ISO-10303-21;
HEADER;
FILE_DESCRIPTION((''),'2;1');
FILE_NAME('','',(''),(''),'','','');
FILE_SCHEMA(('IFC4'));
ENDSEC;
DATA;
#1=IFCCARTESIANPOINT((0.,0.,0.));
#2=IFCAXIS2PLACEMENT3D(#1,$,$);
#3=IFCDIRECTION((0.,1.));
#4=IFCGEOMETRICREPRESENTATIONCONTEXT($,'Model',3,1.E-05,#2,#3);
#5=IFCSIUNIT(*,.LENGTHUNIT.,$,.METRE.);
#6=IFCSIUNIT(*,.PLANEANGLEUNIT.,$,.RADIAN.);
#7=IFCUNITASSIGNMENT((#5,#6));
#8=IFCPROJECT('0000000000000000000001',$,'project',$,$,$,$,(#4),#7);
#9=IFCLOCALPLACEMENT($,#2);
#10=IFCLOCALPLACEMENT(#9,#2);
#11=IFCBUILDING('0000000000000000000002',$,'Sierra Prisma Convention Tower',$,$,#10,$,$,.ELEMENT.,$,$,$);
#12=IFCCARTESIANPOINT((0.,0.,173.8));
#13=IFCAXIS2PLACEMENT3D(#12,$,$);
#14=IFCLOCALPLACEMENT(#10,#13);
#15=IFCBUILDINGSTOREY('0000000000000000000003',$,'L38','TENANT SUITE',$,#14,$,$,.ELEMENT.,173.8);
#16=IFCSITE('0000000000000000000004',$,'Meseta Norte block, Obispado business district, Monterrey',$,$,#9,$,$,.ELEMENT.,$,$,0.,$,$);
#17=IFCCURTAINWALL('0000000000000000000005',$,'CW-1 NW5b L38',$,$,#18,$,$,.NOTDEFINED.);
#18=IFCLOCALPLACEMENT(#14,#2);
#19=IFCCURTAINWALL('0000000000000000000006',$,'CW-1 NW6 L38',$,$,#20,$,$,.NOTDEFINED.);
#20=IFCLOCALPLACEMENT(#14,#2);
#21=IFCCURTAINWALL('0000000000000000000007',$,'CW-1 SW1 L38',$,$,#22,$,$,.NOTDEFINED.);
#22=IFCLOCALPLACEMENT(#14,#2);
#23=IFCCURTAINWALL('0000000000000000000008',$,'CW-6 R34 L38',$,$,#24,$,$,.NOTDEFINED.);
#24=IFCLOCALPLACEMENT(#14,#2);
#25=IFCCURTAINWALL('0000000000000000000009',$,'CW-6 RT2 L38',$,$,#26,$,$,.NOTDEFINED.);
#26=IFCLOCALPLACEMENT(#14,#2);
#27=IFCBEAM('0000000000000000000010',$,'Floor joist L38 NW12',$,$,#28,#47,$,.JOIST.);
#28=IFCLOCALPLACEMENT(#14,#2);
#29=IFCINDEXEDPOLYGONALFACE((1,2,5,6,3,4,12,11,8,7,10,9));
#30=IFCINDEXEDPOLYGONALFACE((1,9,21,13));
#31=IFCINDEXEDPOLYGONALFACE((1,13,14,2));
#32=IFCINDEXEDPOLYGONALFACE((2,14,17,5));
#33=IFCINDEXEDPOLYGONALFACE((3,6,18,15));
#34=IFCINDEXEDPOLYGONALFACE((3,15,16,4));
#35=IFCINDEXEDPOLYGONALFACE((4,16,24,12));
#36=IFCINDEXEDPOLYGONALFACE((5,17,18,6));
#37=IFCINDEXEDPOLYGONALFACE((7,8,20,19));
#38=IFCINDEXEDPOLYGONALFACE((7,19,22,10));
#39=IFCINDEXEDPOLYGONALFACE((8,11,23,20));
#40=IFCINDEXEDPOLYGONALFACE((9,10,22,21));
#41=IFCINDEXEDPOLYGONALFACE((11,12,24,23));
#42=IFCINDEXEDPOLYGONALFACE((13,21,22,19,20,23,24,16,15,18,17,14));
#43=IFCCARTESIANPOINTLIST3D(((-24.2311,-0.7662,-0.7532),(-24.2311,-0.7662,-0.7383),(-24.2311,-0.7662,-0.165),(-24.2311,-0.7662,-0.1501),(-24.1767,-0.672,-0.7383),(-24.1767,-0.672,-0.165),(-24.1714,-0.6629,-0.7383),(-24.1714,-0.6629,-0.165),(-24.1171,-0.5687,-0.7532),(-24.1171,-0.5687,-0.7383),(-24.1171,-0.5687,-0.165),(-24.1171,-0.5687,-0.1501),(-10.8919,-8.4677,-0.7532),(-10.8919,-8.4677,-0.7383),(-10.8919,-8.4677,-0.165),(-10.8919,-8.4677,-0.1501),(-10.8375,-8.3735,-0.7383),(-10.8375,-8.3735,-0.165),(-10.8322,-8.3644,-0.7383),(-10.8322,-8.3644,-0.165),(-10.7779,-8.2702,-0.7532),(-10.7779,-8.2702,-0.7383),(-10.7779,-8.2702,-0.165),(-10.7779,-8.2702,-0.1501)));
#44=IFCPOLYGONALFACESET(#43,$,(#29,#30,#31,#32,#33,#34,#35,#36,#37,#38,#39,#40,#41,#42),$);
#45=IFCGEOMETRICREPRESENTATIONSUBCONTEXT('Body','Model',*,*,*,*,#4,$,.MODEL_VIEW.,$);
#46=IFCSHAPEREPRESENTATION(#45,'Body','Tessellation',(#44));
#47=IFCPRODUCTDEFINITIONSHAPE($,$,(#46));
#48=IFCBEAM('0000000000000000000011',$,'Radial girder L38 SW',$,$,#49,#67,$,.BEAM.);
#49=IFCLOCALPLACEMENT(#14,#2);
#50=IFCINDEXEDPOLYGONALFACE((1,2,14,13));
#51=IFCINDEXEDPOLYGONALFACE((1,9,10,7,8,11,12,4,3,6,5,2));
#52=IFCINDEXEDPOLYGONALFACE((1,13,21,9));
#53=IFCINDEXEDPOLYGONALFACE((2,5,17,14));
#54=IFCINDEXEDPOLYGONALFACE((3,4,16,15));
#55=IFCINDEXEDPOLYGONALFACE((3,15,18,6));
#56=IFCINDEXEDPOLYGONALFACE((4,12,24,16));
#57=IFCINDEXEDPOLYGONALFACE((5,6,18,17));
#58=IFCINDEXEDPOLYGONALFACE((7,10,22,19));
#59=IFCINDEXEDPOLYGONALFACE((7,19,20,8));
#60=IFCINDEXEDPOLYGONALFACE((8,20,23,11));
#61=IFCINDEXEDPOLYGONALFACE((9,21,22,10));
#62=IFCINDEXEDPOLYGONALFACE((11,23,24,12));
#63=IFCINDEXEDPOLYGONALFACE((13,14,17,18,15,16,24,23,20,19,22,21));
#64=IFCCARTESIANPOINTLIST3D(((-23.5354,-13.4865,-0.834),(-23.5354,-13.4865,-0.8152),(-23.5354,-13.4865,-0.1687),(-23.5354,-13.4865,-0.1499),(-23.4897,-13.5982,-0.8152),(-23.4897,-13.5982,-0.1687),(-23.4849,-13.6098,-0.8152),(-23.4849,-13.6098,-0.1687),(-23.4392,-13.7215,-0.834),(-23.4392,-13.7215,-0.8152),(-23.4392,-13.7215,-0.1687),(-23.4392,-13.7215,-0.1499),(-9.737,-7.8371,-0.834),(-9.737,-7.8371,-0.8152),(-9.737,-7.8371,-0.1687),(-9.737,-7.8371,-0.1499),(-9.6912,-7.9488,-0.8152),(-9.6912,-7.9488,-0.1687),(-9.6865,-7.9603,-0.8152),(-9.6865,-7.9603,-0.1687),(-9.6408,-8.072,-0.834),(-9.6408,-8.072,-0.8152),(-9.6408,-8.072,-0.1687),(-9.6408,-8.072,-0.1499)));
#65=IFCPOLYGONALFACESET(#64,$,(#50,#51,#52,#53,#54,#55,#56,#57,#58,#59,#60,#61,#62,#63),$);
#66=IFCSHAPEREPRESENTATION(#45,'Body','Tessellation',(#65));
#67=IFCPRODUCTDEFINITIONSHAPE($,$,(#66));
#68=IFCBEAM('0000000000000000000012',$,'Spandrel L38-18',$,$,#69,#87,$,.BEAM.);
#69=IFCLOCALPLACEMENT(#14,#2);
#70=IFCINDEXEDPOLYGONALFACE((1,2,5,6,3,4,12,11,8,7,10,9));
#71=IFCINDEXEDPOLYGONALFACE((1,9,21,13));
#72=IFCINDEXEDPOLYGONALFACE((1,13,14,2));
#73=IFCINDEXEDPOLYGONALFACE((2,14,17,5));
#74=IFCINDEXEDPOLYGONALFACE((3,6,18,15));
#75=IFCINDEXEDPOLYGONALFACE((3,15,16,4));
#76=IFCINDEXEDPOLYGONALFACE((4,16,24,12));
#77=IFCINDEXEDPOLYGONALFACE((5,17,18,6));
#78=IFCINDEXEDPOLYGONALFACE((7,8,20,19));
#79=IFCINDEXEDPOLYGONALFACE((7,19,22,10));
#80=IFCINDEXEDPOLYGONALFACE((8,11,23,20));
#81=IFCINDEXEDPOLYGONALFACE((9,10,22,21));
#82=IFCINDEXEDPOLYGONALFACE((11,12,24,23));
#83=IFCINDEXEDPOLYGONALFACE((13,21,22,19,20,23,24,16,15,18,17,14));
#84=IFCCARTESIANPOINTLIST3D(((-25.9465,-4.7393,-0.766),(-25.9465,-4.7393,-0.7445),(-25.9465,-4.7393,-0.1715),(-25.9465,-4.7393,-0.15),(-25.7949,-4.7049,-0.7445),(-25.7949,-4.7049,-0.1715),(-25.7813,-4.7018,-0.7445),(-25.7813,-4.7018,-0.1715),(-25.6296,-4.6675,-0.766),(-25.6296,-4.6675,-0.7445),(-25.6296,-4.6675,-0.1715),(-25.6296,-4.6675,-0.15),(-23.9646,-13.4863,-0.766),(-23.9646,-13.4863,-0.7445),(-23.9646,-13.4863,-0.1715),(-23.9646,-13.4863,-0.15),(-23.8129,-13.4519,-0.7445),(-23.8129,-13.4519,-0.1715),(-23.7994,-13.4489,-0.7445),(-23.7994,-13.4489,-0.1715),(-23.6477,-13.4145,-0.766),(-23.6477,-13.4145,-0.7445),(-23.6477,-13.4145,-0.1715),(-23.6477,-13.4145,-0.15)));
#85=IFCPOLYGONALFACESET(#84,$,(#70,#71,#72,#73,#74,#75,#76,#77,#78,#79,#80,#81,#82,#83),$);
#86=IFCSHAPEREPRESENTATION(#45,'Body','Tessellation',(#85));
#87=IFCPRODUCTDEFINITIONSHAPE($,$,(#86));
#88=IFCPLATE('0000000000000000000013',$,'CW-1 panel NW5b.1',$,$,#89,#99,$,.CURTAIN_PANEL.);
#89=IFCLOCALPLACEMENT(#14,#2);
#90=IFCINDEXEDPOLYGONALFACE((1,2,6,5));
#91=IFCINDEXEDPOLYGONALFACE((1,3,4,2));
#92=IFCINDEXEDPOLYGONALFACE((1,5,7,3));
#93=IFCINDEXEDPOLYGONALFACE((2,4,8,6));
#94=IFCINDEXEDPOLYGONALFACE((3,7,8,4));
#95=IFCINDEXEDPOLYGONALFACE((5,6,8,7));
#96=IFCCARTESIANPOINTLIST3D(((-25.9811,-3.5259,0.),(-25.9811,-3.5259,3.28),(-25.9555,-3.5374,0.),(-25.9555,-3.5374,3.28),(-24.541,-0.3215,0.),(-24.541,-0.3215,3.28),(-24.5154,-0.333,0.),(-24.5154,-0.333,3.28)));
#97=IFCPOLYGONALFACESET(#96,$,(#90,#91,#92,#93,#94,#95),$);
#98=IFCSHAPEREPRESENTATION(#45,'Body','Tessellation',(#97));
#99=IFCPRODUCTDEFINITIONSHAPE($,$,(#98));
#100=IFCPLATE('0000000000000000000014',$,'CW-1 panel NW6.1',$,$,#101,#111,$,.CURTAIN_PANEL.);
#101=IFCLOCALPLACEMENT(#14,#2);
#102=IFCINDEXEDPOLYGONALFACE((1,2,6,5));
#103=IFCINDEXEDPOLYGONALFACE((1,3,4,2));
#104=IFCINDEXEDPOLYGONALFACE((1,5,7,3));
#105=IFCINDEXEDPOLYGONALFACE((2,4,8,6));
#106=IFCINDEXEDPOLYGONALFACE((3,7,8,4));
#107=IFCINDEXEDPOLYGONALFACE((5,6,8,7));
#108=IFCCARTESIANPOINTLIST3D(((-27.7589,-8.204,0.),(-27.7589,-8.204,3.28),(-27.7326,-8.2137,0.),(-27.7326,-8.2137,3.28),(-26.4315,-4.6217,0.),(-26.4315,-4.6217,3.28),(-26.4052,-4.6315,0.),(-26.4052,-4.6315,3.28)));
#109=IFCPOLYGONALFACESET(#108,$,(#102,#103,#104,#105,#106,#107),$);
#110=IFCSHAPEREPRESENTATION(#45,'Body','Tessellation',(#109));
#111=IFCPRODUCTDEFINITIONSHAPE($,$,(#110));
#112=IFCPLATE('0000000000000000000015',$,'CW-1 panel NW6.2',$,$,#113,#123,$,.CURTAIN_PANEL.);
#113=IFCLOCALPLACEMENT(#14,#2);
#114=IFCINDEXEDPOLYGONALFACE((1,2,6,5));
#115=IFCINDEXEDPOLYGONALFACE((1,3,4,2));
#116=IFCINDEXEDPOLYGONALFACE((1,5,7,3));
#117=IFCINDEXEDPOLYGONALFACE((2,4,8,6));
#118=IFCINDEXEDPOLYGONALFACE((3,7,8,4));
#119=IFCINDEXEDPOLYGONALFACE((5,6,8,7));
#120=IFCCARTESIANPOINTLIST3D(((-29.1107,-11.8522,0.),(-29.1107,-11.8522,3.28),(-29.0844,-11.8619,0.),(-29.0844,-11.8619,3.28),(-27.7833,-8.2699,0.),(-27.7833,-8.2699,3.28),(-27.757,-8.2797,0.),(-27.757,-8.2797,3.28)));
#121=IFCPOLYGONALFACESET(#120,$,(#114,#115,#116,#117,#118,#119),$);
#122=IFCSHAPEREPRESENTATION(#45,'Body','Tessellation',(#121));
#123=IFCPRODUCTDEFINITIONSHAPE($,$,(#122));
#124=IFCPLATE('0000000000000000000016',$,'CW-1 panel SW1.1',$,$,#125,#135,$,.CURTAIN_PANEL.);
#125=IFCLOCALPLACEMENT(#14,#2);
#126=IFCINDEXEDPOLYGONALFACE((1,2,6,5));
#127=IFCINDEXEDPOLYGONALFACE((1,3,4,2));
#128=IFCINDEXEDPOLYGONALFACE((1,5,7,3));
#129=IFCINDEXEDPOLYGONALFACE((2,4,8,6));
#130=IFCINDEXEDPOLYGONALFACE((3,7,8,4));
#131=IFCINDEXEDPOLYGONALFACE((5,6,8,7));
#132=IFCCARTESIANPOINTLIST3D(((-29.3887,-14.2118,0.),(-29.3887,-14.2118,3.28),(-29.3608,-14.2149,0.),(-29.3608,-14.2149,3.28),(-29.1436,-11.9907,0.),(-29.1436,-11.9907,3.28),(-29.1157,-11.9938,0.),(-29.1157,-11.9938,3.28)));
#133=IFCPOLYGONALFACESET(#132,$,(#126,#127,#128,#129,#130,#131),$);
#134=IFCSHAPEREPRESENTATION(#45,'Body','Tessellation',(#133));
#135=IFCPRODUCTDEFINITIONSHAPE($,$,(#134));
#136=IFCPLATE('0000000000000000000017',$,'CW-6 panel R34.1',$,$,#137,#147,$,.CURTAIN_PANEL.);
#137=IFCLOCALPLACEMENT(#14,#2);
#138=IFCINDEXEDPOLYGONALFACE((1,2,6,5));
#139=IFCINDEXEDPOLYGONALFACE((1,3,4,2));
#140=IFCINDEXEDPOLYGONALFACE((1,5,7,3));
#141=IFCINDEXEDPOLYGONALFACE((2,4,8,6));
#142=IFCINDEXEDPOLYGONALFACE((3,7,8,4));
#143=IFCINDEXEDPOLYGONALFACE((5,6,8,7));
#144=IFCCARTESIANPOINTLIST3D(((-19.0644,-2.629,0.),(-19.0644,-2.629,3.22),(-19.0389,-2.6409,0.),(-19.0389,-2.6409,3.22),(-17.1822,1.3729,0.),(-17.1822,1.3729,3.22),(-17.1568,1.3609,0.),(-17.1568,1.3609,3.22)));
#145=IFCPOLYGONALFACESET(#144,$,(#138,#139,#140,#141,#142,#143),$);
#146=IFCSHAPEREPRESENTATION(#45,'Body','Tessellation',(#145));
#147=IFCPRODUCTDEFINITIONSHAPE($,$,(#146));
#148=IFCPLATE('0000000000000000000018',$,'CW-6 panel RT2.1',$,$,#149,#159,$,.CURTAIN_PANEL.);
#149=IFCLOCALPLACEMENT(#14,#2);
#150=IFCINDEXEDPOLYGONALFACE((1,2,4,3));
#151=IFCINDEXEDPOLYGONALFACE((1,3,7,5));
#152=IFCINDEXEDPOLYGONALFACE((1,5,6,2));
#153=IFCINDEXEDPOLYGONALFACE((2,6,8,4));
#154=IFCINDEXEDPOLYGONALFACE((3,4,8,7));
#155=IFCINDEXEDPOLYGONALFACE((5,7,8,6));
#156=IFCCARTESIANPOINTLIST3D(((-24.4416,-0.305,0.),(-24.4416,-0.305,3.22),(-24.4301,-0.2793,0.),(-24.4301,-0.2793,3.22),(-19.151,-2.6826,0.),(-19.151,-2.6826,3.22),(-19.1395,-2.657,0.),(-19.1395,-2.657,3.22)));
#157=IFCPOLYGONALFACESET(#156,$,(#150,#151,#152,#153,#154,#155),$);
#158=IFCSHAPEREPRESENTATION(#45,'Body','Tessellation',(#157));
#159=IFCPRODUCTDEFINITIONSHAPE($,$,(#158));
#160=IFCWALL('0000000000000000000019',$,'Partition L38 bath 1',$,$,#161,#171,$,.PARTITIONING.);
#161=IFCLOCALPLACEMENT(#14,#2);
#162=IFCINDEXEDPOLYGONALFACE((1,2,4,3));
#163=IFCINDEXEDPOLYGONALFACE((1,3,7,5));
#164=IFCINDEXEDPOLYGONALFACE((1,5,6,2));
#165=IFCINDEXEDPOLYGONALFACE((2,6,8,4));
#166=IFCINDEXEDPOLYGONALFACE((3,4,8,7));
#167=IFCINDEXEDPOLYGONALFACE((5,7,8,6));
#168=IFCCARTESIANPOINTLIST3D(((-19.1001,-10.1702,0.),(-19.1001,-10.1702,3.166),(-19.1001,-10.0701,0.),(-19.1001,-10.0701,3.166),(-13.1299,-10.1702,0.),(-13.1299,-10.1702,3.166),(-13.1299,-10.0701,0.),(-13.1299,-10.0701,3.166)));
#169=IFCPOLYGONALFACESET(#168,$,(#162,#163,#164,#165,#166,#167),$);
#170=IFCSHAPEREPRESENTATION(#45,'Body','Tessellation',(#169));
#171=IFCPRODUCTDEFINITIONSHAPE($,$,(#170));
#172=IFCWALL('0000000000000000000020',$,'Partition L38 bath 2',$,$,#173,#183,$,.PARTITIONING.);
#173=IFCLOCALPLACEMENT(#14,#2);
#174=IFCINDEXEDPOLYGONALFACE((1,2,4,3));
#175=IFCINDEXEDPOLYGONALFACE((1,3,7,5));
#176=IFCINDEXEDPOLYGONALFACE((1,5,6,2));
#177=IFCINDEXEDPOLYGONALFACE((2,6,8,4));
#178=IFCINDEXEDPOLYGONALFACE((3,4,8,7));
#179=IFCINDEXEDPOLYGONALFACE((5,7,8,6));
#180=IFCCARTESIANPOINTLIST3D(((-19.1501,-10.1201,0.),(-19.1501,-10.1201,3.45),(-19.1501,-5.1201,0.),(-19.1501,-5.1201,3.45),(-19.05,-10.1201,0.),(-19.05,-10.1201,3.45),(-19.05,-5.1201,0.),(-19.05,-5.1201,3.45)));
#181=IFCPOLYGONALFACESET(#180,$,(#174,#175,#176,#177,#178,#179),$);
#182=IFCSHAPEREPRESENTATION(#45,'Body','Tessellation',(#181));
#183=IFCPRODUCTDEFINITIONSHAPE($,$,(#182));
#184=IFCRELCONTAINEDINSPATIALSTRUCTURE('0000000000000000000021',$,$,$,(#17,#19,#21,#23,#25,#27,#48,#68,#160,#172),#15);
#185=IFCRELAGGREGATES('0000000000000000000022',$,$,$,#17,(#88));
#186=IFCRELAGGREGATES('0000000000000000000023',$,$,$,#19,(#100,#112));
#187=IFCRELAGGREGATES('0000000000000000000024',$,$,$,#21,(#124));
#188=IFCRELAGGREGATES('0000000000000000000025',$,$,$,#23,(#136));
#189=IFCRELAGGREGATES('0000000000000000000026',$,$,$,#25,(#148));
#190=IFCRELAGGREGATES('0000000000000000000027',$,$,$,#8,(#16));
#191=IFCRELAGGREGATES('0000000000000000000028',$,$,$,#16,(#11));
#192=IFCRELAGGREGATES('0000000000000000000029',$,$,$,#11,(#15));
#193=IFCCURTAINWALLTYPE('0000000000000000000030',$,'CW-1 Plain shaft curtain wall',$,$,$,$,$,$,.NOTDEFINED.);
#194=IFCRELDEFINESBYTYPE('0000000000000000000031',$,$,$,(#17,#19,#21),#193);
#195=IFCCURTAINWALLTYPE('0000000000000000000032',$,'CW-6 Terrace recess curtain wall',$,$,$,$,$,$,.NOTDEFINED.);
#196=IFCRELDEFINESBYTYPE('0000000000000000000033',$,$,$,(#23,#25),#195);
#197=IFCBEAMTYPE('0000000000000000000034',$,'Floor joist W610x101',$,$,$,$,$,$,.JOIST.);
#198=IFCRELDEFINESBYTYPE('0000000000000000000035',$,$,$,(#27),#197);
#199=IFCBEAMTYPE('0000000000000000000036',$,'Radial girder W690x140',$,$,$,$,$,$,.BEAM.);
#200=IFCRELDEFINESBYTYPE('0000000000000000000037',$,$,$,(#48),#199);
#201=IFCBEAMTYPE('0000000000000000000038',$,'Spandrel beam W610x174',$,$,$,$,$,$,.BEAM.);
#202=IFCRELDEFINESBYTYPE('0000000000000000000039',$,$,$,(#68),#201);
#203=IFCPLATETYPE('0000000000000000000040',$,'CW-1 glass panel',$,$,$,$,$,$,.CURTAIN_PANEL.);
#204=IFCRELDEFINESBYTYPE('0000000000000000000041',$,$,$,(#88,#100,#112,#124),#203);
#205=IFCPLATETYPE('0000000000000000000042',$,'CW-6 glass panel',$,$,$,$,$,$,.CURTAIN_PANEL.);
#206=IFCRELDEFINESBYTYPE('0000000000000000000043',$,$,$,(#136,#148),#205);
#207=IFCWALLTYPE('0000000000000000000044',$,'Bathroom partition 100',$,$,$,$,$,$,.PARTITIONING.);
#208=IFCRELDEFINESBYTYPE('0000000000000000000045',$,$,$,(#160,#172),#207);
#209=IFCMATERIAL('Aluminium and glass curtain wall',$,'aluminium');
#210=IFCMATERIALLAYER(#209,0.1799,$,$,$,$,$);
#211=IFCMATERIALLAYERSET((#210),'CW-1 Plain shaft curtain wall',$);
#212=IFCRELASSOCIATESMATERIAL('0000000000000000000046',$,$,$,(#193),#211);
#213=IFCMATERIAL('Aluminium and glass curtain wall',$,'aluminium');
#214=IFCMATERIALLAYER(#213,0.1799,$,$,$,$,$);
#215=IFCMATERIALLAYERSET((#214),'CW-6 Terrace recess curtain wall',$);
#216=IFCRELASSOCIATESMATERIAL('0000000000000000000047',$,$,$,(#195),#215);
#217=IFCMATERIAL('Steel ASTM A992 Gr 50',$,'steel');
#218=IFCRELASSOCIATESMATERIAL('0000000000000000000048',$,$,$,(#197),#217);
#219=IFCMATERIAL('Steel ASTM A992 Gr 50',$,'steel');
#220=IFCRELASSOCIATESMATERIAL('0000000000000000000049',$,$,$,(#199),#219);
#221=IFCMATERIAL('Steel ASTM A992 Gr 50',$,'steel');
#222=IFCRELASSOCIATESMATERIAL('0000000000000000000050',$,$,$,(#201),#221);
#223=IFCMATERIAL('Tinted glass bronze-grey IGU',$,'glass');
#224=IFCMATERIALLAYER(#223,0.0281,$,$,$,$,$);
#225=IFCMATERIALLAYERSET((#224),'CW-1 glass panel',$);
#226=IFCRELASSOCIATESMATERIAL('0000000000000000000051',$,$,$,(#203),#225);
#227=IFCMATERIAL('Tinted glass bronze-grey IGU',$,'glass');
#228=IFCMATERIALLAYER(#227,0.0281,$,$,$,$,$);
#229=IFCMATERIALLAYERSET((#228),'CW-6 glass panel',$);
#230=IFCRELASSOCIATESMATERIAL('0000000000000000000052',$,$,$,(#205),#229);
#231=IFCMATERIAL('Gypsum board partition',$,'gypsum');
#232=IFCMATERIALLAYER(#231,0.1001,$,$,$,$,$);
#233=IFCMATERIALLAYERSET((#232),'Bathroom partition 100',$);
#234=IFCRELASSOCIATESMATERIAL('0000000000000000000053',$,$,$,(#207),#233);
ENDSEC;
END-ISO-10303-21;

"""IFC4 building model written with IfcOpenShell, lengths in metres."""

from ifc_helpers import new_model, si_unit, direction, frame, frame_2d, origin, origin_2d, place, context, subcontext, project, spatial, rectangle, i_section, extrude, material, layer, layer_set, material_profile, profile_set, type_object, element, aggregate, save


model = new_model("IFC4")

# Units and contexts
model_context = context("Model", 3, precision=1e-05, world=origin(), true_north=direction((0.0, 1.0)))
body_context = subcontext(model_context, "Body", "Model", "MODEL_VIEW")
ifc_project = project(units=[si_unit("LENGTHUNIT", "METRE"), si_unit("PLANEANGLEUNIT", "RADIAN")], contexts=[model_context])

# Site, building, storey
site_placement = place(None, origin())
site = spatial("IfcSite", under=ifc_project, at=site_placement, Name="Meseta Norte block, Obispado business district, Monterrey", CompositionType="ELEMENT", RefElevation=0.0)
building_placement = place(site_placement, origin())
building = spatial("IfcBuilding", under=site, at=building_placement, Name="Sierra Prisma Convention Tower", CompositionType="ELEMENT")
storey_placement = place(building_placement, frame((0.0, 0.0, 173.8)))
storey = spatial("IfcBuildingStorey", under=building, at=storey_placement, Name="L38", Description="TENANT SUITE", CompositionType="ELEMENT", Elevation=173.8)

# Curtain walls
ifc_material_1 = material(Name="Aluminium and glass curtain wall", Category="aluminium")
ifc_layer_1 = layer(ifc_material_1, 0.1799)
ifc_layer_set_1 = layer_set([ifc_layer_1], Name="CW-1 Plain shaft curtain wall")
curtain_wall_type_1 = type_object("IfcCurtainWallType", Name="CW-1 Plain shaft curtain wall", PredefinedType="NOTDEFINED", material=ifc_layer_set_1)
curtain_wall_1_placement = place(storey_placement, origin())
curtain_wall_1 = element("IfcCurtainWall", 1, at=curtain_wall_1_placement, inside=storey, type_object=curtain_wall_type_1, Name="CW-1 NW5b L38", PredefinedType="NOTDEFINED")
curtain_wall_2_placement = place(storey_placement, origin())
curtain_wall_2 = element("IfcCurtainWall", 2, at=curtain_wall_2_placement, inside=storey, type_object=curtain_wall_type_1, Name="CW-1 NW6 L38", PredefinedType="NOTDEFINED")
curtain_wall_3_placement = place(storey_placement, origin())
curtain_wall_3 = element("IfcCurtainWall", 3, at=curtain_wall_3_placement, inside=storey, type_object=curtain_wall_type_1, Name="CW-1 SW1 L38", PredefinedType="NOTDEFINED")
ifc_material_2 = material(Name="Aluminium and glass curtain wall", Category="aluminium")
ifc_layer_2 = layer(ifc_material_2, 0.1799)
ifc_layer_set_2 = layer_set([ifc_layer_2], Name="CW-6 Terrace recess curtain wall")
curtain_wall_type_2 = type_object("IfcCurtainWallType", Name="CW-6 Terrace recess curtain wall", PredefinedType="NOTDEFINED", material=ifc_layer_set_2)
curtain_wall_4_placement = place(storey_placement, origin())
curtain_wall_4 = element("IfcCurtainWall", 4, at=curtain_wall_4_placement, inside=storey, type_object=curtain_wall_type_2, Name="CW-6 R34 L38", PredefinedType="NOTDEFINED")
curtain_wall_5_placement = place(storey_placement, origin())
curtain_wall_5 = element("IfcCurtainWall", 5, at=curtain_wall_5_placement, inside=storey, type_object=curtain_wall_type_2, Name="CW-6 RT2 L38", PredefinedType="NOTDEFINED")

# Beams
ifc_material_3 = material(Name="Steel ASTM A992 Gr 50", Category="steel")
ifc_material_profile_1 = material_profile(ifc_material_3, i_section(OverallWidth=0.228, OverallDepth=0.603, WebThickness=0.0105, FlangeThickness=0.0149, at=origin_2d()), Name="W610x101")
ifc_profile_set_1 = profile_set([ifc_material_profile_1], Name="Steel ASTM A992 Gr 50")
beam_type_1 = type_object("IfcBeamType", Name="Floor joist W610x101", PredefinedType="JOIST", material=ifc_profile_set_1)
beam_1_placement = place(storey_placement, frame((-24.1741, -0.6675, -0.4517), z_axis=(0.866023, -0.500004, 0.0), x_axis=(0.500004, 0.866023, 0.0)))
element("IfcBeam", 6, at=beam_1_placement, inside=storey, type_object=beam_type_1, Name="Floor joist L38 NW12", PredefinedType="JOIST", context=body_context, shape_type="SweptSolid", body=[
    extrude(i_section(OverallWidth=0.228, OverallDepth=0.603, WebThickness=0.0105, FlangeThickness=0.0149, at=origin_2d()), origin(), (0.0, 0.0, 1.0), 15.4028),
])
ifc_material_4 = material(Name="Steel ASTM A992 Gr 50", Category="steel")
ifc_material_profile_2 = material_profile(ifc_material_4, i_section(OverallWidth=0.2539, OverallDepth=0.6841, WebThickness=0.0125, FlangeThickness=0.0188, at=origin_2d()), Name="W690x140")
ifc_profile_set_2 = profile_set([ifc_material_profile_2], Name="Steel ASTM A992 Gr 50")
beam_type_2 = type_object("IfcBeamType", Name="Radial girder W690x140", PredefinedType="BEAM", material=ifc_profile_set_2)
beam_2_placement = place(storey_placement, frame((-23.4873, -13.604, -0.4919), z_axis=(0.925438, 0.378899, 0.0), x_axis=(-0.378899, 0.925438, 0.0)))
element("IfcBeam", 7, at=beam_2_placement, inside=storey, type_object=beam_type_2, Name="Radial girder L38 SW", PredefinedType="BEAM", context=body_context, shape_type="SweptSolid", body=[
    extrude(i_section(OverallWidth=0.2539, OverallDepth=0.6841, WebThickness=0.0125, FlangeThickness=0.0188, at=origin_2d()), origin(), (0.0, 0.0, 1.0), 14.9102),
])
ifc_material_5 = material(Name="Steel ASTM A992 Gr 50", Category="steel")
ifc_material_profile_3 = material_profile(ifc_material_5, i_section(OverallWidth=0.325, OverallDepth=0.616, WebThickness=0.0139, FlangeThickness=0.0215, at=origin_2d()), Name="W610x174")
ifc_profile_set_3 = profile_set([ifc_material_profile_3], Name="Steel ASTM A992 Gr 50")
beam_type_3 = type_object("IfcBeamType", Name="Spandrel beam W610x174", PredefinedType="BEAM", material=ifc_profile_set_3)
beam_3_placement = place(storey_placement, frame((-25.7881, -4.7034, -0.458), z_axis=(0.220981, -0.975278, 0.0), x_axis=(0.975278, 0.220981, 0.0)))
element("IfcBeam", 8, at=beam_3_placement, inside=storey, type_object=beam_type_3, Name="Spandrel L38-18", PredefinedType="BEAM", context=body_context, shape_type="SweptSolid", body=[
    extrude(i_section(OverallWidth=0.325, OverallDepth=0.616, WebThickness=0.0139, FlangeThickness=0.0215, at=origin_2d()), origin(), (0.0, 0.0, 1.0), 8.9688),
])

# Plates
ifc_material_6 = material(Name="Tinted glass bronze-grey IGU", Category="glass")
ifc_layer_3 = layer(ifc_material_6, 0.0281)
ifc_layer_set_3 = layer_set([ifc_layer_3], Name="CW-1 glass panel")
plate_type_1 = type_object("IfcPlateType", Name="CW-1 glass panel", PredefinedType="CURTAIN_PANEL", material=ifc_layer_set_3)
plate_1_placement = place(storey_placement, frame((-25.2483, -1.9294, 0.0), z_axis=(0.0, 0.0, 1.0), x_axis=(-0.409914, -0.912124, 0.0)))
plate_1 = element("IfcPlate", 9, at=plate_1_placement, type_object=plate_type_1, Name="CW-1 panel NW5b.1", PredefinedType="CURTAIN_PANEL", context=body_context, shape_type="SweptSolid", body=[
    extrude(rectangle(XDim=3.5132, YDim=0.0281, at=origin_2d()), origin(), (0.0, 0.0, 1.0), 3.28),
])
aggregate(curtain_wall_1, [plate_1])
plate_2_placement = place(storey_placement, frame((-27.082, -6.4177, 0.0), z_axis=(0.0, 0.0, 1.0), x_axis=(-0.347465, -0.937693, 0.0)))
plate_2 = element("IfcPlate", 10, at=plate_2_placement, type_object=plate_type_1, Name="CW-1 panel NW6.1", PredefinedType="CURTAIN_PANEL", context=body_context, shape_type="SweptSolid", body=[
    extrude(rectangle(XDim=3.8203, YDim=0.0281, at=origin_2d()), origin(), (0.0, 0.0, 1.0), 3.28),
])
plate_3_placement = place(storey_placement, frame((-28.4338, -10.0659, 0.0), z_axis=(0.0, 0.0, 1.0), x_axis=(-0.347465, -0.937693, 0.0)))
plate_3 = element("IfcPlate", 11, at=plate_3_placement, type_object=plate_type_1, Name="CW-1 panel NW6.2", PredefinedType="CURTAIN_PANEL", context=body_context, shape_type="SweptSolid", body=[
    extrude(rectangle(XDim=3.8203, YDim=0.0281, at=origin_2d()), origin(), (0.0, 0.0, 1.0), 3.28),
])
aggregate(curtain_wall_2, [plate_2, plate_3])
plate_4_placement = place(storey_placement, frame((-29.2522, -13.1028, 0.0), z_axis=(0.0, 0.0, 1.0), x_axis=(-0.109719, -0.993963, 0.0)))
plate_4 = element("IfcPlate", 12, at=plate_4_placement, type_object=plate_type_1, Name="CW-1 panel SW1.1", PredefinedType="CURTAIN_PANEL", context=body_context, shape_type="SweptSolid", body=[
    extrude(rectangle(XDim=2.2346, YDim=0.0281, at=origin_2d()), origin(), (0.0, 0.0, 1.0), 3.28),
])
aggregate(curtain_wall_3, [plate_4])
ifc_material_7 = material(Name="Tinted glass bronze-grey IGU", Category="glass")
ifc_layer_4 = layer(ifc_material_7, 0.0281)
ifc_layer_set_4 = layer_set([ifc_layer_4], Name="CW-6 glass panel")
plate_type_2 = type_object("IfcPlateType", Name="CW-6 glass panel", PredefinedType="CURTAIN_PANEL", material=ifc_layer_set_4)
plate_5_placement = place(storey_placement, frame((-18.1106, -0.634, 0.0), z_axis=(0.0, 0.0, 1.0), x_axis=(-0.42559, -0.904916, 0.0)))
plate_5 = element("IfcPlate", 13, at=plate_5_placement, type_object=plate_type_2, Name="CW-6 panel R34.1", PredefinedType="CURTAIN_PANEL", context=body_context, shape_type="SweptSolid", body=[
    extrude(rectangle(XDim=4.4224, YDim=0.0281, at=origin_2d()), origin(), (0.0, 0.0, 1.0), 3.22),
])
aggregate(curtain_wall_4, [plate_5])
plate_6_placement = place(storey_placement, frame((-21.7905, -1.481, 0.0), z_axis=(0.0, 0.0, 1.0), x_axis=(-0.912124, 0.409914, 0.0)))
plate_6 = element("IfcPlate", 14, at=plate_6_placement, type_object=plate_type_2, Name="CW-6 panel RT2.1", PredefinedType="CURTAIN_PANEL", context=body_context, shape_type="SweptSolid", body=[
    extrude(rectangle(XDim=5.8003, YDim=0.0281, at=origin_2d()), origin(), (0.0, 0.0, 1.0), 3.22),
])
aggregate(curtain_wall_5, [plate_6])

# Walls
ifc_material_8 = material(Name="Gypsum board partition", Category="gypsum")
ifc_layer_5 = layer(ifc_material_8, 0.1001)
ifc_layer_set_5 = layer_set([ifc_layer_5], Name="Bathroom partition 100")
wall_type_1 = type_object("IfcWallType", Name="Bathroom partition 100", PredefinedType="PARTITIONING", material=ifc_layer_set_5)
wall_1_placement = place(storey_placement, frame((-13.1299, -10.1201, 0.0), z_axis=(0.0, 0.0, 1.0), x_axis=(-1.0, 0.0, 0.0)))
element("IfcWall", 15, at=wall_1_placement, inside=storey, type_object=wall_type_1, Name="Partition L38 bath 1", PredefinedType="PARTITIONING", context=body_context, shape_type="SweptSolid", body=[
    extrude(rectangle(XDim=5.9702, YDim=0.1001, at=frame_2d((2.9851, 0.0))), origin(), (0.0, 0.0, 1.0), 3.166),
])
wall_2_placement = place(storey_placement, frame((-19.1001, -10.1201, 0.0), z_axis=(0.0, 0.0, 1.0), x_axis=(0.0, 1.0, 0.0)))
element("IfcWall", 16, at=wall_2_placement, inside=storey, type_object=wall_type_1, Name="Partition L38 bath 2", PredefinedType="PARTITIONING", context=body_context, shape_type="SweptSolid", body=[
    extrude(rectangle(XDim=5.0, YDim=0.1001, at=frame_2d((2.5, 0.0))), origin(), (0.0, 0.0, 1.0), 3.45),
])

save(model, "model.ifc")
